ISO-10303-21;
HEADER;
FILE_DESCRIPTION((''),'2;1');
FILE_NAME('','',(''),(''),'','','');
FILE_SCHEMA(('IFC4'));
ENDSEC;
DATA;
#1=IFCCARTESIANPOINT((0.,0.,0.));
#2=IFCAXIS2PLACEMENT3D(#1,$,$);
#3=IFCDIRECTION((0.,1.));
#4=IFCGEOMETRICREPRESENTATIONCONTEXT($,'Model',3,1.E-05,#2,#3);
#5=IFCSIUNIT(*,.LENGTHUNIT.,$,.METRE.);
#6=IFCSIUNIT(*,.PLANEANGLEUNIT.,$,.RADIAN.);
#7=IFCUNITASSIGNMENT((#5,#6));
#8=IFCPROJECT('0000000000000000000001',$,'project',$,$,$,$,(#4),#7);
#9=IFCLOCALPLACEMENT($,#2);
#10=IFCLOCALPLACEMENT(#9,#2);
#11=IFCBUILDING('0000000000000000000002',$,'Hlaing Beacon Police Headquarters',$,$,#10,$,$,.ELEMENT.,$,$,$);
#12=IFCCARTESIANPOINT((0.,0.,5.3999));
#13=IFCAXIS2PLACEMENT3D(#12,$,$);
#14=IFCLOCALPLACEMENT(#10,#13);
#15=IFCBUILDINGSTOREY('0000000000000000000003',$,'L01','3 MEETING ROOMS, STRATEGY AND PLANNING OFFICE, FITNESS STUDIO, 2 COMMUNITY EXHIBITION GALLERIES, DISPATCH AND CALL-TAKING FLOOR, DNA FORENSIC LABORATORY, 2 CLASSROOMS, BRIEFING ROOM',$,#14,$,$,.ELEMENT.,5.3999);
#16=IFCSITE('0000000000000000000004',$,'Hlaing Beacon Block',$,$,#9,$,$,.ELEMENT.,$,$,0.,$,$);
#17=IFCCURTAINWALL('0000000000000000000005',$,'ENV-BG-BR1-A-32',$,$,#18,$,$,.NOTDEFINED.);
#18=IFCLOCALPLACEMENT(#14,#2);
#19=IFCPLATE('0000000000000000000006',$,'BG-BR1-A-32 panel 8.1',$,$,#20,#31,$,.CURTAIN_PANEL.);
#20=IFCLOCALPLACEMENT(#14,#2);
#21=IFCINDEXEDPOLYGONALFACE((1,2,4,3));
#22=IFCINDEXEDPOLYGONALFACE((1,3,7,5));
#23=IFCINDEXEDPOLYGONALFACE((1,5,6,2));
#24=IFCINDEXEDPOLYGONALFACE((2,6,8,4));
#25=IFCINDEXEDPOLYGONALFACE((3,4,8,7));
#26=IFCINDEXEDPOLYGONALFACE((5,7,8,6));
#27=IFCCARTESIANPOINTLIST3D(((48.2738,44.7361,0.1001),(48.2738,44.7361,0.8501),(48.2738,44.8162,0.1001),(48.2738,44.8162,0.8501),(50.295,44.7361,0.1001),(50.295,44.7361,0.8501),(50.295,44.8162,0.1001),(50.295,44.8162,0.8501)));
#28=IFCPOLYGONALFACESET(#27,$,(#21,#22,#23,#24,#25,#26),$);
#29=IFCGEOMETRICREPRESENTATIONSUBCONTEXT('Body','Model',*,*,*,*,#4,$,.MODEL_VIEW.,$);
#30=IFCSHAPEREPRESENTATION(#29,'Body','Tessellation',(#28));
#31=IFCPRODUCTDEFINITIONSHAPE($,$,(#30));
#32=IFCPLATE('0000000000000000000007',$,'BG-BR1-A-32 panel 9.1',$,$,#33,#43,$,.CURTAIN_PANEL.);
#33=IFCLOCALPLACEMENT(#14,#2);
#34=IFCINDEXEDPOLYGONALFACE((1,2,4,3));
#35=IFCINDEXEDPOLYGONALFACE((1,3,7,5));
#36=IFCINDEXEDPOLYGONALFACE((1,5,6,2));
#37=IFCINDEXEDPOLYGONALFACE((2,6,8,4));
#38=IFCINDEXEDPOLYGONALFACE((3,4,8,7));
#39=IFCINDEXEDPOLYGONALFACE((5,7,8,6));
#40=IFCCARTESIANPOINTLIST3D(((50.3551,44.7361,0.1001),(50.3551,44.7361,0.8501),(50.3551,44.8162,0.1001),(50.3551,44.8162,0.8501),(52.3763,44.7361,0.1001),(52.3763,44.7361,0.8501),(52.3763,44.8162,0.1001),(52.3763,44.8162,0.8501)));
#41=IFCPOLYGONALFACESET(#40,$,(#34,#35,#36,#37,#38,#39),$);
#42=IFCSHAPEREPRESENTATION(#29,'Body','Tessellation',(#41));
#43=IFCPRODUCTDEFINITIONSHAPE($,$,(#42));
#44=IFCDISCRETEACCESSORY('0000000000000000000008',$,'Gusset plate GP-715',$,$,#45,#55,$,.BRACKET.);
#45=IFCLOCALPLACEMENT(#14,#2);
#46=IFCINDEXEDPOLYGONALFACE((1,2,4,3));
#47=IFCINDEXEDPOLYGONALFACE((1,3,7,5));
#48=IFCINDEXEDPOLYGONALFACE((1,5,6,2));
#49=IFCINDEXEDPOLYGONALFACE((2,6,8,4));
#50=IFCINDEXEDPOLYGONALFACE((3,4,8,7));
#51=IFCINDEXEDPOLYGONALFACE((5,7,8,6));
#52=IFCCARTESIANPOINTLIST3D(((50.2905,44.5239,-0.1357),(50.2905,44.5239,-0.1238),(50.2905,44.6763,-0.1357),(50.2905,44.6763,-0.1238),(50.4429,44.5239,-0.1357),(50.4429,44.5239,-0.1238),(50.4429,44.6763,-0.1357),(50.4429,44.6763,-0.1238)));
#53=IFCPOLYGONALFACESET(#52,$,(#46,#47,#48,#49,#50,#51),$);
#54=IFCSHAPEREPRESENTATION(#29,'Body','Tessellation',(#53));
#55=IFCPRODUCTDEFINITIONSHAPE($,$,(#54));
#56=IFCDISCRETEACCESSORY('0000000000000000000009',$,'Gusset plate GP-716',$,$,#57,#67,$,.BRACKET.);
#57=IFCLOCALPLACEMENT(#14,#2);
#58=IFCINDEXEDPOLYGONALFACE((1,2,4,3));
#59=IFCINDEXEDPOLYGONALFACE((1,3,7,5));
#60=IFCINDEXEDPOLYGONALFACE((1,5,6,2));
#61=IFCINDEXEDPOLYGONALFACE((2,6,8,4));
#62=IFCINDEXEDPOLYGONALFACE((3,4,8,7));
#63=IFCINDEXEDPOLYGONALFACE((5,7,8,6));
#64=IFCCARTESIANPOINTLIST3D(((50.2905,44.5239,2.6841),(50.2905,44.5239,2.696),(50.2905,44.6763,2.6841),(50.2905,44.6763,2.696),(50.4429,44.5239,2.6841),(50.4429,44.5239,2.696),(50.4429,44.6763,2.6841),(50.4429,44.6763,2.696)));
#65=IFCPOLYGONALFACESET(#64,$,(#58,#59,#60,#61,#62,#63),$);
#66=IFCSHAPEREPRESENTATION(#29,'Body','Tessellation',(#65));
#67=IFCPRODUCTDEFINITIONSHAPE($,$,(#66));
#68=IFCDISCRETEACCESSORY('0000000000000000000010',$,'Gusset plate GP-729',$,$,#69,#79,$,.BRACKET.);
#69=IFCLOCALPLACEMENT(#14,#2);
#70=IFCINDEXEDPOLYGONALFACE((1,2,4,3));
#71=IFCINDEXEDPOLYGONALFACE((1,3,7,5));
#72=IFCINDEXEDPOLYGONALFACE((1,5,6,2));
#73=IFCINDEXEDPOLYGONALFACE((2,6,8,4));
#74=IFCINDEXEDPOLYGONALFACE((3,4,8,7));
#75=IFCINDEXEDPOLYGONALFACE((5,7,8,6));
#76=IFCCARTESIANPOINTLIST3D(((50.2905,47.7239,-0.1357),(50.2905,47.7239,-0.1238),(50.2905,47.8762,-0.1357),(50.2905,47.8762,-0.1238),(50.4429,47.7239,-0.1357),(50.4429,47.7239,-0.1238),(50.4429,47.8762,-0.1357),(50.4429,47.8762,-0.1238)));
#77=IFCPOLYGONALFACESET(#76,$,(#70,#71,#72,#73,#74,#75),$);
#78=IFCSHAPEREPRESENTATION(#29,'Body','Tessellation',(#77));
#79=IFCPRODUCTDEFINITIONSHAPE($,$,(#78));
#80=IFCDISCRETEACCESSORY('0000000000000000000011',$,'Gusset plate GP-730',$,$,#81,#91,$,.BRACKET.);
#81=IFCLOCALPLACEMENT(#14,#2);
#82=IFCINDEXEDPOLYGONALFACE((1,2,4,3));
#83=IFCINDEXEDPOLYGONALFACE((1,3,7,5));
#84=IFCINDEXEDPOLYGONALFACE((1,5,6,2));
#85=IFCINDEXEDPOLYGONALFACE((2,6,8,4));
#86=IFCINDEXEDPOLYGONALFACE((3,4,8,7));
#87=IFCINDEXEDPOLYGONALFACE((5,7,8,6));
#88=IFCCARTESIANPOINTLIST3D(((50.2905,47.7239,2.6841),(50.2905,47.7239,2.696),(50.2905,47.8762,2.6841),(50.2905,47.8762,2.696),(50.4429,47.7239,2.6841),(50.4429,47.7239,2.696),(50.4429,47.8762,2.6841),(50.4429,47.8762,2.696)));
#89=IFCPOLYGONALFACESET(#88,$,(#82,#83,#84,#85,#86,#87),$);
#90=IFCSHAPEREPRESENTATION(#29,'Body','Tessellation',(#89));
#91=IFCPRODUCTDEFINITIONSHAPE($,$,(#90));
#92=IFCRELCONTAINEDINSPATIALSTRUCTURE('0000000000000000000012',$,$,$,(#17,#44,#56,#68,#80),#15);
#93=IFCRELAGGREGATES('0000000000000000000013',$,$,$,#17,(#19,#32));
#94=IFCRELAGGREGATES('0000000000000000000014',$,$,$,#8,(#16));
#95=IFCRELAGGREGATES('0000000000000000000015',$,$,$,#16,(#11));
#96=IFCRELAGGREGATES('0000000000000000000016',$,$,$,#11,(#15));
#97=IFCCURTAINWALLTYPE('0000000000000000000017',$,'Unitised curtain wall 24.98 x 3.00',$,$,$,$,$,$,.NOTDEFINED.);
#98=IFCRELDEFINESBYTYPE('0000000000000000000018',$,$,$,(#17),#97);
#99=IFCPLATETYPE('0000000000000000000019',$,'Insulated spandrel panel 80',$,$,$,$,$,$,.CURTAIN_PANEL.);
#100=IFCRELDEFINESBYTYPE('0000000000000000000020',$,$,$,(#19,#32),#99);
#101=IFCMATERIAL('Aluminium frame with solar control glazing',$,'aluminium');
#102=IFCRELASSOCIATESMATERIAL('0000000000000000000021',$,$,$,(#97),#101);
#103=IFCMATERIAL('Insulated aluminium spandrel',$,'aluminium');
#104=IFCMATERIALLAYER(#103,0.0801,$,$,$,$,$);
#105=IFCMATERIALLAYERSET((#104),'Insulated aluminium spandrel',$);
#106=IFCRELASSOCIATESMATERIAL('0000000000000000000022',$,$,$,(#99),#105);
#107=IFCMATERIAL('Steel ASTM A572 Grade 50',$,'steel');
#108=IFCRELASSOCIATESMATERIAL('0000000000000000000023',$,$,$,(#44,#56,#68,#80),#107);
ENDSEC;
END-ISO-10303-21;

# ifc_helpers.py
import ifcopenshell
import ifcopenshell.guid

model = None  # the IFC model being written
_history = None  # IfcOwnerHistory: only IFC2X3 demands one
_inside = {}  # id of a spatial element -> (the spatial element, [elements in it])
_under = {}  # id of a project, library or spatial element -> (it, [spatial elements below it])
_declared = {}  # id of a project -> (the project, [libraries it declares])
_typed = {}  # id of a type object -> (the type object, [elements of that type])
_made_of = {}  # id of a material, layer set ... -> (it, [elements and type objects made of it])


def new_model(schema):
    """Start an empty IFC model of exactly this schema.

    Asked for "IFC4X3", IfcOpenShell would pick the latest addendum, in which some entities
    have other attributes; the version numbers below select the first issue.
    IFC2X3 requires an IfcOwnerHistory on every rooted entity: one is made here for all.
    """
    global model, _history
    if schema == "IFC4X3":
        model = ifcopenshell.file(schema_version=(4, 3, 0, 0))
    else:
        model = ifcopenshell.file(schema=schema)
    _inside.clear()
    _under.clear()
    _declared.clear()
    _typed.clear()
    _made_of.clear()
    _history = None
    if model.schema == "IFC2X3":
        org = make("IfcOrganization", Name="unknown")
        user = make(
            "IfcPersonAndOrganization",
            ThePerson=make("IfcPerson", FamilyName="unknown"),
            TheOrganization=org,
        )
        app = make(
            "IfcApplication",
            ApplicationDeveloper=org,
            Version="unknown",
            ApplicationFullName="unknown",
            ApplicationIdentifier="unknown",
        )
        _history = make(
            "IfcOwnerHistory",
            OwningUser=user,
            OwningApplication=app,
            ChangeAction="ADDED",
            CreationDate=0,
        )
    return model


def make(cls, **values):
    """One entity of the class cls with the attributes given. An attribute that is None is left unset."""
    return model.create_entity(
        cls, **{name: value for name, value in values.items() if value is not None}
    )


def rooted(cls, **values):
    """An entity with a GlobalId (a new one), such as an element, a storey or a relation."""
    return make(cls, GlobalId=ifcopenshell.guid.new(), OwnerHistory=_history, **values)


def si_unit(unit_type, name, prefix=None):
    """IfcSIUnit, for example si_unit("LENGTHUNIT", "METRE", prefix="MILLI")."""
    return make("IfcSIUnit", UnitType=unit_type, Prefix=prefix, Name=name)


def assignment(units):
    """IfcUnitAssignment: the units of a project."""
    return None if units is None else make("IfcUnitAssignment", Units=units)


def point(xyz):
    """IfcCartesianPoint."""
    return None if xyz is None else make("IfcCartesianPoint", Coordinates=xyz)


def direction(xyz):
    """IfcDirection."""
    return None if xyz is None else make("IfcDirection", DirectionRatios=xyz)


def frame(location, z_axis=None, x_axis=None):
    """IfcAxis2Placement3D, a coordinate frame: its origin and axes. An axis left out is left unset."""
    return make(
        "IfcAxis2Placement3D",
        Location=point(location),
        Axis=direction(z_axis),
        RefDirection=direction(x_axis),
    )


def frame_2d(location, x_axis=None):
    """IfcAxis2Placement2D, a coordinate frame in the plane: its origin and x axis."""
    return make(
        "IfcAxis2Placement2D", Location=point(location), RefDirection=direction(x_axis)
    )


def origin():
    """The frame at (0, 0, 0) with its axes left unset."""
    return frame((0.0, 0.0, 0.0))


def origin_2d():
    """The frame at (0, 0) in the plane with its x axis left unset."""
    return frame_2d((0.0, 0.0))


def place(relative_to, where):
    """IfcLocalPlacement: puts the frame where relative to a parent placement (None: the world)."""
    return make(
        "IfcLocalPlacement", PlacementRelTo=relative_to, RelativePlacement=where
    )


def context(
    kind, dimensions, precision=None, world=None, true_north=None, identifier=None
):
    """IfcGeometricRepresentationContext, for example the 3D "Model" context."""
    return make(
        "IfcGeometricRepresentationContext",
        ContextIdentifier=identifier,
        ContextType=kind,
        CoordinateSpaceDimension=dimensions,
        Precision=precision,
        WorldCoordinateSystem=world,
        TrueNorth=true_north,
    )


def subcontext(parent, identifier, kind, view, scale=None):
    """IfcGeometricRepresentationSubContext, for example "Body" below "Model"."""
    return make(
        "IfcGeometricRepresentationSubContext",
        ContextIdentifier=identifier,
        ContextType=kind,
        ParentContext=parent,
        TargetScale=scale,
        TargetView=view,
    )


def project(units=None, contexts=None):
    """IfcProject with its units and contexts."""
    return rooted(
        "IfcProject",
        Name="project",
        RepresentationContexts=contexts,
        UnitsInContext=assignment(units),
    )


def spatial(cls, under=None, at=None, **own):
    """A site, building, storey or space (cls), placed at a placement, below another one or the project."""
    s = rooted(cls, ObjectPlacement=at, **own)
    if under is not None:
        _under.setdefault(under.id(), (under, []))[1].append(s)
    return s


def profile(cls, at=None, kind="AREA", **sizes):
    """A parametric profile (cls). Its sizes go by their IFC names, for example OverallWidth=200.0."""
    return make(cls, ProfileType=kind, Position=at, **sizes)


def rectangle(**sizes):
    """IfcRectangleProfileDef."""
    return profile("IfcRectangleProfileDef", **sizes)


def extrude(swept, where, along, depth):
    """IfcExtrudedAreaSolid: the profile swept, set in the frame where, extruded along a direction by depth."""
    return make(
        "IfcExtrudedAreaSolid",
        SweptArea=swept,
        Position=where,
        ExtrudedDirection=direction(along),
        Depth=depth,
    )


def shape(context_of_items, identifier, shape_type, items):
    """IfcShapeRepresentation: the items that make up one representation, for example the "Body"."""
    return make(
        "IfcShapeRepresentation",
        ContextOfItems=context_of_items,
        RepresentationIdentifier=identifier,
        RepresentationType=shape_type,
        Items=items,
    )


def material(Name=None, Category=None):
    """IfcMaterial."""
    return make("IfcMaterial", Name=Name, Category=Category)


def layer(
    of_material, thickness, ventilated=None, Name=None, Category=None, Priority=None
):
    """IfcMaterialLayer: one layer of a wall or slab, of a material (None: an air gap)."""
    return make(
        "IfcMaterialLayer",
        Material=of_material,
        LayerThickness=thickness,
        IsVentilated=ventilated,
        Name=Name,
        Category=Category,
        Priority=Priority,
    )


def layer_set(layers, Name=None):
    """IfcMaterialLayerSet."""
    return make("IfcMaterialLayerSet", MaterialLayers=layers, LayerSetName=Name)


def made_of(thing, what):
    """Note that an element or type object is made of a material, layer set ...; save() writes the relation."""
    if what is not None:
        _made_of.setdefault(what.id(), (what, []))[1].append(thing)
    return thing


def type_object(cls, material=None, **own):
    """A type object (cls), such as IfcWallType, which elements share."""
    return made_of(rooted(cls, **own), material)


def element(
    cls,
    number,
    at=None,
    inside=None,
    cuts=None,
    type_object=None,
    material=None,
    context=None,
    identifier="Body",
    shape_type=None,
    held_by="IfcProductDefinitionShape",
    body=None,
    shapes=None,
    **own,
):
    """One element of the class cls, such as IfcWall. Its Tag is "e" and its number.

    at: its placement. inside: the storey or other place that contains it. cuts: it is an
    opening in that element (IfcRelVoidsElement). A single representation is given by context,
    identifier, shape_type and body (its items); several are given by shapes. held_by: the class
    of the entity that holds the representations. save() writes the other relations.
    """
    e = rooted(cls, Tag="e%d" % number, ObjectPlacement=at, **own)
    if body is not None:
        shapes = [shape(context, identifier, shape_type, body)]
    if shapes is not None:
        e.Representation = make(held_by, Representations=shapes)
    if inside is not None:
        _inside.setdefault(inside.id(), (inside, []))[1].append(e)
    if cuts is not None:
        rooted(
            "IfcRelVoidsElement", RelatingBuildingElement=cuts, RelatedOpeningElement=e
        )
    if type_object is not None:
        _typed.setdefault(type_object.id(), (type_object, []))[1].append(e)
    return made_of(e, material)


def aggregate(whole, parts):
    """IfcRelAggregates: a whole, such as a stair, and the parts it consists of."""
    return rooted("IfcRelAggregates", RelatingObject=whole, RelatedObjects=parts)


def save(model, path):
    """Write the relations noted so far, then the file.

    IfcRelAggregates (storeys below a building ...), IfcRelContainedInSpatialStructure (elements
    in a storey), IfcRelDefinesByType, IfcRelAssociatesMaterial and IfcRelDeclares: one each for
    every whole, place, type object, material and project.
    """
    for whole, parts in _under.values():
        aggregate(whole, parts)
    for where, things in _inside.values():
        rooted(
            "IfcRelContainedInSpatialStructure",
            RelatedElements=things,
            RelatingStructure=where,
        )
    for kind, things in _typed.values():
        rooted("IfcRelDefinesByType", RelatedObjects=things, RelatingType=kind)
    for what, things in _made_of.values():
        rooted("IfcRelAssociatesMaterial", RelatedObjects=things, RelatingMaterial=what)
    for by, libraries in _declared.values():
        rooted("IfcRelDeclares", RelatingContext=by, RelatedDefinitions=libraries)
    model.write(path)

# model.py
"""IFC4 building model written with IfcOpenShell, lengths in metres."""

from ifc_helpers import new_model, si_unit, direction, frame, origin, origin_2d, place, context, subcontext, project, spatial, rectangle, extrude, material, layer, layer_set, type_object, element, aggregate, save


model = new_model("IFC4")

# Units and contexts
model_context = context("Model", 3, precision=1e-05, world=origin(), true_north=direction((0.0, 1.0)))
body_context = subcontext(model_context, "Body", "Model", "MODEL_VIEW")
ifc_project = project(units=[si_unit("LENGTHUNIT", "METRE"), si_unit("PLANEANGLEUNIT", "RADIAN")], contexts=[model_context])

# Site, building, storey
site_placement = place(None, origin())
site = spatial("IfcSite", under=ifc_project, at=site_placement, Name="Hlaing Beacon Block", CompositionType="ELEMENT", RefElevation=0.0)
building_placement = place(site_placement, origin())
building = spatial("IfcBuilding", under=site, at=building_placement, Name="Hlaing Beacon Police Headquarters", CompositionType="ELEMENT")
storey_placement = place(building_placement, frame((0.0, 0.0, 5.3999)))
storey = spatial("IfcBuildingStorey", under=building, at=storey_placement, Name="L01", Description="3 MEETING ROOMS, STRATEGY AND PLANNING OFFICE, FITNESS STUDIO, 2 COMMUNITY EXHIBITION GALLERIES, DISPATCH AND CALL-TAKING FLOOR, DNA FORENSIC LABORATORY, 2 CLASSROOMS, BRIEFING ROOM", CompositionType="ELEMENT", Elevation=5.3999)

# Curtain wall
ifc_material_1 = material(Name="Aluminium frame with solar control glazing", Category="aluminium")
curtain_wall_type = type_object("IfcCurtainWallType", Name="Unitised curtain wall 24.98 x 3.00", PredefinedType="NOTDEFINED", material=ifc_material_1)
curtain_wall_1_placement = place(storey_placement, origin())
curtain_wall_1 = element("IfcCurtainWall", 1, at=curtain_wall_1_placement, inside=storey, type_object=curtain_wall_type, Name="ENV-BG-BR1-A-32", PredefinedType="NOTDEFINED")

# Plates
ifc_material_2 = material(Name="Insulated aluminium spandrel", Category="aluminium")
ifc_layer_1 = layer(ifc_material_2, 0.0801)
ifc_layer_set_1 = layer_set([ifc_layer_1], Name="Insulated aluminium spandrel")
plate_type_1 = type_object("IfcPlateType", Name="Insulated spandrel panel 80", PredefinedType="CURTAIN_PANEL", material=ifc_layer_set_1)
plate_1_placement = place(storey_placement, frame((49.2844, 44.7761, 0.1001), z_axis=(0.0, 0.0, 1.0), x_axis=(1.0, 0.0, 0.0)))
plate_1 = element("IfcPlate", 2, at=plate_1_placement, type_object=plate_type_1, Name="BG-BR1-A-32 panel 8.1", PredefinedType="CURTAIN_PANEL", context=body_context, shape_type="SweptSolid", body=[
    extrude(rectangle(XDim=2.0212, YDim=0.0801, at=origin_2d()), origin(), (0.0, 0.0, 1.0), 0.75),
])
plate_2_placement = place(storey_placement, frame((51.3657, 44.7761, 0.1001), z_axis=(0.0, 0.0, 1.0), x_axis=(1.0, 0.0, 0.0)))
plate_2 = element("IfcPlate", 3, at=plate_2_placement, type_object=plate_type_1, Name="BG-BR1-A-32 panel 9.1", PredefinedType="CURTAIN_PANEL", context=body_context, shape_type="SweptSolid", body=[
    extrude(rectangle(XDim=2.0212, YDim=0.0801, at=origin_2d()), origin(), (0.0, 0.0, 1.0), 0.75),
])
aggregate(curtain_wall_1, [plate_1, plate_2])

# Discrete accessories
ifc_material_3 = material(Name="Steel ASTM A572 Grade 50", Category="steel")
for number, where, z_axis, x_axis, name in (
    (4, (50.3667, 44.6001, -0.1238), (0.0, 0.0, -1.0), (1.0, 0.0, 0.0), "Gusset plate GP-715"),
    (5, (50.3667, 44.6001, 2.6841), (0.0, 0.0, 1.0), (1.0, 0.0, 0.0), "Gusset plate GP-716"),
    (6, (50.3667, 47.8, -0.1238), (0.0, 0.0, -1.0), (1.0, 0.0, 0.0), "Gusset plate GP-729"),
    (7, (50.3667, 47.8, 2.6841), (0.0, 0.0, 1.0), (1.0, 0.0, 0.0), "Gusset plate GP-730"),
):
    element("IfcDiscreteAccessory", number, at=place(storey_placement, frame(where, z_axis=z_axis, x_axis=x_axis)), inside=storey, material=ifc_material_3, Name=name, PredefinedType="BRACKET", context=body_context, shape_type="SweptSolid", body=[
        extrude(rectangle(XDim=0.1523, YDim=0.1523, at=origin_2d()), origin(), (0.0, 0.0, 1.0), 0.012),
    ])

save(model, "model.ifc")
